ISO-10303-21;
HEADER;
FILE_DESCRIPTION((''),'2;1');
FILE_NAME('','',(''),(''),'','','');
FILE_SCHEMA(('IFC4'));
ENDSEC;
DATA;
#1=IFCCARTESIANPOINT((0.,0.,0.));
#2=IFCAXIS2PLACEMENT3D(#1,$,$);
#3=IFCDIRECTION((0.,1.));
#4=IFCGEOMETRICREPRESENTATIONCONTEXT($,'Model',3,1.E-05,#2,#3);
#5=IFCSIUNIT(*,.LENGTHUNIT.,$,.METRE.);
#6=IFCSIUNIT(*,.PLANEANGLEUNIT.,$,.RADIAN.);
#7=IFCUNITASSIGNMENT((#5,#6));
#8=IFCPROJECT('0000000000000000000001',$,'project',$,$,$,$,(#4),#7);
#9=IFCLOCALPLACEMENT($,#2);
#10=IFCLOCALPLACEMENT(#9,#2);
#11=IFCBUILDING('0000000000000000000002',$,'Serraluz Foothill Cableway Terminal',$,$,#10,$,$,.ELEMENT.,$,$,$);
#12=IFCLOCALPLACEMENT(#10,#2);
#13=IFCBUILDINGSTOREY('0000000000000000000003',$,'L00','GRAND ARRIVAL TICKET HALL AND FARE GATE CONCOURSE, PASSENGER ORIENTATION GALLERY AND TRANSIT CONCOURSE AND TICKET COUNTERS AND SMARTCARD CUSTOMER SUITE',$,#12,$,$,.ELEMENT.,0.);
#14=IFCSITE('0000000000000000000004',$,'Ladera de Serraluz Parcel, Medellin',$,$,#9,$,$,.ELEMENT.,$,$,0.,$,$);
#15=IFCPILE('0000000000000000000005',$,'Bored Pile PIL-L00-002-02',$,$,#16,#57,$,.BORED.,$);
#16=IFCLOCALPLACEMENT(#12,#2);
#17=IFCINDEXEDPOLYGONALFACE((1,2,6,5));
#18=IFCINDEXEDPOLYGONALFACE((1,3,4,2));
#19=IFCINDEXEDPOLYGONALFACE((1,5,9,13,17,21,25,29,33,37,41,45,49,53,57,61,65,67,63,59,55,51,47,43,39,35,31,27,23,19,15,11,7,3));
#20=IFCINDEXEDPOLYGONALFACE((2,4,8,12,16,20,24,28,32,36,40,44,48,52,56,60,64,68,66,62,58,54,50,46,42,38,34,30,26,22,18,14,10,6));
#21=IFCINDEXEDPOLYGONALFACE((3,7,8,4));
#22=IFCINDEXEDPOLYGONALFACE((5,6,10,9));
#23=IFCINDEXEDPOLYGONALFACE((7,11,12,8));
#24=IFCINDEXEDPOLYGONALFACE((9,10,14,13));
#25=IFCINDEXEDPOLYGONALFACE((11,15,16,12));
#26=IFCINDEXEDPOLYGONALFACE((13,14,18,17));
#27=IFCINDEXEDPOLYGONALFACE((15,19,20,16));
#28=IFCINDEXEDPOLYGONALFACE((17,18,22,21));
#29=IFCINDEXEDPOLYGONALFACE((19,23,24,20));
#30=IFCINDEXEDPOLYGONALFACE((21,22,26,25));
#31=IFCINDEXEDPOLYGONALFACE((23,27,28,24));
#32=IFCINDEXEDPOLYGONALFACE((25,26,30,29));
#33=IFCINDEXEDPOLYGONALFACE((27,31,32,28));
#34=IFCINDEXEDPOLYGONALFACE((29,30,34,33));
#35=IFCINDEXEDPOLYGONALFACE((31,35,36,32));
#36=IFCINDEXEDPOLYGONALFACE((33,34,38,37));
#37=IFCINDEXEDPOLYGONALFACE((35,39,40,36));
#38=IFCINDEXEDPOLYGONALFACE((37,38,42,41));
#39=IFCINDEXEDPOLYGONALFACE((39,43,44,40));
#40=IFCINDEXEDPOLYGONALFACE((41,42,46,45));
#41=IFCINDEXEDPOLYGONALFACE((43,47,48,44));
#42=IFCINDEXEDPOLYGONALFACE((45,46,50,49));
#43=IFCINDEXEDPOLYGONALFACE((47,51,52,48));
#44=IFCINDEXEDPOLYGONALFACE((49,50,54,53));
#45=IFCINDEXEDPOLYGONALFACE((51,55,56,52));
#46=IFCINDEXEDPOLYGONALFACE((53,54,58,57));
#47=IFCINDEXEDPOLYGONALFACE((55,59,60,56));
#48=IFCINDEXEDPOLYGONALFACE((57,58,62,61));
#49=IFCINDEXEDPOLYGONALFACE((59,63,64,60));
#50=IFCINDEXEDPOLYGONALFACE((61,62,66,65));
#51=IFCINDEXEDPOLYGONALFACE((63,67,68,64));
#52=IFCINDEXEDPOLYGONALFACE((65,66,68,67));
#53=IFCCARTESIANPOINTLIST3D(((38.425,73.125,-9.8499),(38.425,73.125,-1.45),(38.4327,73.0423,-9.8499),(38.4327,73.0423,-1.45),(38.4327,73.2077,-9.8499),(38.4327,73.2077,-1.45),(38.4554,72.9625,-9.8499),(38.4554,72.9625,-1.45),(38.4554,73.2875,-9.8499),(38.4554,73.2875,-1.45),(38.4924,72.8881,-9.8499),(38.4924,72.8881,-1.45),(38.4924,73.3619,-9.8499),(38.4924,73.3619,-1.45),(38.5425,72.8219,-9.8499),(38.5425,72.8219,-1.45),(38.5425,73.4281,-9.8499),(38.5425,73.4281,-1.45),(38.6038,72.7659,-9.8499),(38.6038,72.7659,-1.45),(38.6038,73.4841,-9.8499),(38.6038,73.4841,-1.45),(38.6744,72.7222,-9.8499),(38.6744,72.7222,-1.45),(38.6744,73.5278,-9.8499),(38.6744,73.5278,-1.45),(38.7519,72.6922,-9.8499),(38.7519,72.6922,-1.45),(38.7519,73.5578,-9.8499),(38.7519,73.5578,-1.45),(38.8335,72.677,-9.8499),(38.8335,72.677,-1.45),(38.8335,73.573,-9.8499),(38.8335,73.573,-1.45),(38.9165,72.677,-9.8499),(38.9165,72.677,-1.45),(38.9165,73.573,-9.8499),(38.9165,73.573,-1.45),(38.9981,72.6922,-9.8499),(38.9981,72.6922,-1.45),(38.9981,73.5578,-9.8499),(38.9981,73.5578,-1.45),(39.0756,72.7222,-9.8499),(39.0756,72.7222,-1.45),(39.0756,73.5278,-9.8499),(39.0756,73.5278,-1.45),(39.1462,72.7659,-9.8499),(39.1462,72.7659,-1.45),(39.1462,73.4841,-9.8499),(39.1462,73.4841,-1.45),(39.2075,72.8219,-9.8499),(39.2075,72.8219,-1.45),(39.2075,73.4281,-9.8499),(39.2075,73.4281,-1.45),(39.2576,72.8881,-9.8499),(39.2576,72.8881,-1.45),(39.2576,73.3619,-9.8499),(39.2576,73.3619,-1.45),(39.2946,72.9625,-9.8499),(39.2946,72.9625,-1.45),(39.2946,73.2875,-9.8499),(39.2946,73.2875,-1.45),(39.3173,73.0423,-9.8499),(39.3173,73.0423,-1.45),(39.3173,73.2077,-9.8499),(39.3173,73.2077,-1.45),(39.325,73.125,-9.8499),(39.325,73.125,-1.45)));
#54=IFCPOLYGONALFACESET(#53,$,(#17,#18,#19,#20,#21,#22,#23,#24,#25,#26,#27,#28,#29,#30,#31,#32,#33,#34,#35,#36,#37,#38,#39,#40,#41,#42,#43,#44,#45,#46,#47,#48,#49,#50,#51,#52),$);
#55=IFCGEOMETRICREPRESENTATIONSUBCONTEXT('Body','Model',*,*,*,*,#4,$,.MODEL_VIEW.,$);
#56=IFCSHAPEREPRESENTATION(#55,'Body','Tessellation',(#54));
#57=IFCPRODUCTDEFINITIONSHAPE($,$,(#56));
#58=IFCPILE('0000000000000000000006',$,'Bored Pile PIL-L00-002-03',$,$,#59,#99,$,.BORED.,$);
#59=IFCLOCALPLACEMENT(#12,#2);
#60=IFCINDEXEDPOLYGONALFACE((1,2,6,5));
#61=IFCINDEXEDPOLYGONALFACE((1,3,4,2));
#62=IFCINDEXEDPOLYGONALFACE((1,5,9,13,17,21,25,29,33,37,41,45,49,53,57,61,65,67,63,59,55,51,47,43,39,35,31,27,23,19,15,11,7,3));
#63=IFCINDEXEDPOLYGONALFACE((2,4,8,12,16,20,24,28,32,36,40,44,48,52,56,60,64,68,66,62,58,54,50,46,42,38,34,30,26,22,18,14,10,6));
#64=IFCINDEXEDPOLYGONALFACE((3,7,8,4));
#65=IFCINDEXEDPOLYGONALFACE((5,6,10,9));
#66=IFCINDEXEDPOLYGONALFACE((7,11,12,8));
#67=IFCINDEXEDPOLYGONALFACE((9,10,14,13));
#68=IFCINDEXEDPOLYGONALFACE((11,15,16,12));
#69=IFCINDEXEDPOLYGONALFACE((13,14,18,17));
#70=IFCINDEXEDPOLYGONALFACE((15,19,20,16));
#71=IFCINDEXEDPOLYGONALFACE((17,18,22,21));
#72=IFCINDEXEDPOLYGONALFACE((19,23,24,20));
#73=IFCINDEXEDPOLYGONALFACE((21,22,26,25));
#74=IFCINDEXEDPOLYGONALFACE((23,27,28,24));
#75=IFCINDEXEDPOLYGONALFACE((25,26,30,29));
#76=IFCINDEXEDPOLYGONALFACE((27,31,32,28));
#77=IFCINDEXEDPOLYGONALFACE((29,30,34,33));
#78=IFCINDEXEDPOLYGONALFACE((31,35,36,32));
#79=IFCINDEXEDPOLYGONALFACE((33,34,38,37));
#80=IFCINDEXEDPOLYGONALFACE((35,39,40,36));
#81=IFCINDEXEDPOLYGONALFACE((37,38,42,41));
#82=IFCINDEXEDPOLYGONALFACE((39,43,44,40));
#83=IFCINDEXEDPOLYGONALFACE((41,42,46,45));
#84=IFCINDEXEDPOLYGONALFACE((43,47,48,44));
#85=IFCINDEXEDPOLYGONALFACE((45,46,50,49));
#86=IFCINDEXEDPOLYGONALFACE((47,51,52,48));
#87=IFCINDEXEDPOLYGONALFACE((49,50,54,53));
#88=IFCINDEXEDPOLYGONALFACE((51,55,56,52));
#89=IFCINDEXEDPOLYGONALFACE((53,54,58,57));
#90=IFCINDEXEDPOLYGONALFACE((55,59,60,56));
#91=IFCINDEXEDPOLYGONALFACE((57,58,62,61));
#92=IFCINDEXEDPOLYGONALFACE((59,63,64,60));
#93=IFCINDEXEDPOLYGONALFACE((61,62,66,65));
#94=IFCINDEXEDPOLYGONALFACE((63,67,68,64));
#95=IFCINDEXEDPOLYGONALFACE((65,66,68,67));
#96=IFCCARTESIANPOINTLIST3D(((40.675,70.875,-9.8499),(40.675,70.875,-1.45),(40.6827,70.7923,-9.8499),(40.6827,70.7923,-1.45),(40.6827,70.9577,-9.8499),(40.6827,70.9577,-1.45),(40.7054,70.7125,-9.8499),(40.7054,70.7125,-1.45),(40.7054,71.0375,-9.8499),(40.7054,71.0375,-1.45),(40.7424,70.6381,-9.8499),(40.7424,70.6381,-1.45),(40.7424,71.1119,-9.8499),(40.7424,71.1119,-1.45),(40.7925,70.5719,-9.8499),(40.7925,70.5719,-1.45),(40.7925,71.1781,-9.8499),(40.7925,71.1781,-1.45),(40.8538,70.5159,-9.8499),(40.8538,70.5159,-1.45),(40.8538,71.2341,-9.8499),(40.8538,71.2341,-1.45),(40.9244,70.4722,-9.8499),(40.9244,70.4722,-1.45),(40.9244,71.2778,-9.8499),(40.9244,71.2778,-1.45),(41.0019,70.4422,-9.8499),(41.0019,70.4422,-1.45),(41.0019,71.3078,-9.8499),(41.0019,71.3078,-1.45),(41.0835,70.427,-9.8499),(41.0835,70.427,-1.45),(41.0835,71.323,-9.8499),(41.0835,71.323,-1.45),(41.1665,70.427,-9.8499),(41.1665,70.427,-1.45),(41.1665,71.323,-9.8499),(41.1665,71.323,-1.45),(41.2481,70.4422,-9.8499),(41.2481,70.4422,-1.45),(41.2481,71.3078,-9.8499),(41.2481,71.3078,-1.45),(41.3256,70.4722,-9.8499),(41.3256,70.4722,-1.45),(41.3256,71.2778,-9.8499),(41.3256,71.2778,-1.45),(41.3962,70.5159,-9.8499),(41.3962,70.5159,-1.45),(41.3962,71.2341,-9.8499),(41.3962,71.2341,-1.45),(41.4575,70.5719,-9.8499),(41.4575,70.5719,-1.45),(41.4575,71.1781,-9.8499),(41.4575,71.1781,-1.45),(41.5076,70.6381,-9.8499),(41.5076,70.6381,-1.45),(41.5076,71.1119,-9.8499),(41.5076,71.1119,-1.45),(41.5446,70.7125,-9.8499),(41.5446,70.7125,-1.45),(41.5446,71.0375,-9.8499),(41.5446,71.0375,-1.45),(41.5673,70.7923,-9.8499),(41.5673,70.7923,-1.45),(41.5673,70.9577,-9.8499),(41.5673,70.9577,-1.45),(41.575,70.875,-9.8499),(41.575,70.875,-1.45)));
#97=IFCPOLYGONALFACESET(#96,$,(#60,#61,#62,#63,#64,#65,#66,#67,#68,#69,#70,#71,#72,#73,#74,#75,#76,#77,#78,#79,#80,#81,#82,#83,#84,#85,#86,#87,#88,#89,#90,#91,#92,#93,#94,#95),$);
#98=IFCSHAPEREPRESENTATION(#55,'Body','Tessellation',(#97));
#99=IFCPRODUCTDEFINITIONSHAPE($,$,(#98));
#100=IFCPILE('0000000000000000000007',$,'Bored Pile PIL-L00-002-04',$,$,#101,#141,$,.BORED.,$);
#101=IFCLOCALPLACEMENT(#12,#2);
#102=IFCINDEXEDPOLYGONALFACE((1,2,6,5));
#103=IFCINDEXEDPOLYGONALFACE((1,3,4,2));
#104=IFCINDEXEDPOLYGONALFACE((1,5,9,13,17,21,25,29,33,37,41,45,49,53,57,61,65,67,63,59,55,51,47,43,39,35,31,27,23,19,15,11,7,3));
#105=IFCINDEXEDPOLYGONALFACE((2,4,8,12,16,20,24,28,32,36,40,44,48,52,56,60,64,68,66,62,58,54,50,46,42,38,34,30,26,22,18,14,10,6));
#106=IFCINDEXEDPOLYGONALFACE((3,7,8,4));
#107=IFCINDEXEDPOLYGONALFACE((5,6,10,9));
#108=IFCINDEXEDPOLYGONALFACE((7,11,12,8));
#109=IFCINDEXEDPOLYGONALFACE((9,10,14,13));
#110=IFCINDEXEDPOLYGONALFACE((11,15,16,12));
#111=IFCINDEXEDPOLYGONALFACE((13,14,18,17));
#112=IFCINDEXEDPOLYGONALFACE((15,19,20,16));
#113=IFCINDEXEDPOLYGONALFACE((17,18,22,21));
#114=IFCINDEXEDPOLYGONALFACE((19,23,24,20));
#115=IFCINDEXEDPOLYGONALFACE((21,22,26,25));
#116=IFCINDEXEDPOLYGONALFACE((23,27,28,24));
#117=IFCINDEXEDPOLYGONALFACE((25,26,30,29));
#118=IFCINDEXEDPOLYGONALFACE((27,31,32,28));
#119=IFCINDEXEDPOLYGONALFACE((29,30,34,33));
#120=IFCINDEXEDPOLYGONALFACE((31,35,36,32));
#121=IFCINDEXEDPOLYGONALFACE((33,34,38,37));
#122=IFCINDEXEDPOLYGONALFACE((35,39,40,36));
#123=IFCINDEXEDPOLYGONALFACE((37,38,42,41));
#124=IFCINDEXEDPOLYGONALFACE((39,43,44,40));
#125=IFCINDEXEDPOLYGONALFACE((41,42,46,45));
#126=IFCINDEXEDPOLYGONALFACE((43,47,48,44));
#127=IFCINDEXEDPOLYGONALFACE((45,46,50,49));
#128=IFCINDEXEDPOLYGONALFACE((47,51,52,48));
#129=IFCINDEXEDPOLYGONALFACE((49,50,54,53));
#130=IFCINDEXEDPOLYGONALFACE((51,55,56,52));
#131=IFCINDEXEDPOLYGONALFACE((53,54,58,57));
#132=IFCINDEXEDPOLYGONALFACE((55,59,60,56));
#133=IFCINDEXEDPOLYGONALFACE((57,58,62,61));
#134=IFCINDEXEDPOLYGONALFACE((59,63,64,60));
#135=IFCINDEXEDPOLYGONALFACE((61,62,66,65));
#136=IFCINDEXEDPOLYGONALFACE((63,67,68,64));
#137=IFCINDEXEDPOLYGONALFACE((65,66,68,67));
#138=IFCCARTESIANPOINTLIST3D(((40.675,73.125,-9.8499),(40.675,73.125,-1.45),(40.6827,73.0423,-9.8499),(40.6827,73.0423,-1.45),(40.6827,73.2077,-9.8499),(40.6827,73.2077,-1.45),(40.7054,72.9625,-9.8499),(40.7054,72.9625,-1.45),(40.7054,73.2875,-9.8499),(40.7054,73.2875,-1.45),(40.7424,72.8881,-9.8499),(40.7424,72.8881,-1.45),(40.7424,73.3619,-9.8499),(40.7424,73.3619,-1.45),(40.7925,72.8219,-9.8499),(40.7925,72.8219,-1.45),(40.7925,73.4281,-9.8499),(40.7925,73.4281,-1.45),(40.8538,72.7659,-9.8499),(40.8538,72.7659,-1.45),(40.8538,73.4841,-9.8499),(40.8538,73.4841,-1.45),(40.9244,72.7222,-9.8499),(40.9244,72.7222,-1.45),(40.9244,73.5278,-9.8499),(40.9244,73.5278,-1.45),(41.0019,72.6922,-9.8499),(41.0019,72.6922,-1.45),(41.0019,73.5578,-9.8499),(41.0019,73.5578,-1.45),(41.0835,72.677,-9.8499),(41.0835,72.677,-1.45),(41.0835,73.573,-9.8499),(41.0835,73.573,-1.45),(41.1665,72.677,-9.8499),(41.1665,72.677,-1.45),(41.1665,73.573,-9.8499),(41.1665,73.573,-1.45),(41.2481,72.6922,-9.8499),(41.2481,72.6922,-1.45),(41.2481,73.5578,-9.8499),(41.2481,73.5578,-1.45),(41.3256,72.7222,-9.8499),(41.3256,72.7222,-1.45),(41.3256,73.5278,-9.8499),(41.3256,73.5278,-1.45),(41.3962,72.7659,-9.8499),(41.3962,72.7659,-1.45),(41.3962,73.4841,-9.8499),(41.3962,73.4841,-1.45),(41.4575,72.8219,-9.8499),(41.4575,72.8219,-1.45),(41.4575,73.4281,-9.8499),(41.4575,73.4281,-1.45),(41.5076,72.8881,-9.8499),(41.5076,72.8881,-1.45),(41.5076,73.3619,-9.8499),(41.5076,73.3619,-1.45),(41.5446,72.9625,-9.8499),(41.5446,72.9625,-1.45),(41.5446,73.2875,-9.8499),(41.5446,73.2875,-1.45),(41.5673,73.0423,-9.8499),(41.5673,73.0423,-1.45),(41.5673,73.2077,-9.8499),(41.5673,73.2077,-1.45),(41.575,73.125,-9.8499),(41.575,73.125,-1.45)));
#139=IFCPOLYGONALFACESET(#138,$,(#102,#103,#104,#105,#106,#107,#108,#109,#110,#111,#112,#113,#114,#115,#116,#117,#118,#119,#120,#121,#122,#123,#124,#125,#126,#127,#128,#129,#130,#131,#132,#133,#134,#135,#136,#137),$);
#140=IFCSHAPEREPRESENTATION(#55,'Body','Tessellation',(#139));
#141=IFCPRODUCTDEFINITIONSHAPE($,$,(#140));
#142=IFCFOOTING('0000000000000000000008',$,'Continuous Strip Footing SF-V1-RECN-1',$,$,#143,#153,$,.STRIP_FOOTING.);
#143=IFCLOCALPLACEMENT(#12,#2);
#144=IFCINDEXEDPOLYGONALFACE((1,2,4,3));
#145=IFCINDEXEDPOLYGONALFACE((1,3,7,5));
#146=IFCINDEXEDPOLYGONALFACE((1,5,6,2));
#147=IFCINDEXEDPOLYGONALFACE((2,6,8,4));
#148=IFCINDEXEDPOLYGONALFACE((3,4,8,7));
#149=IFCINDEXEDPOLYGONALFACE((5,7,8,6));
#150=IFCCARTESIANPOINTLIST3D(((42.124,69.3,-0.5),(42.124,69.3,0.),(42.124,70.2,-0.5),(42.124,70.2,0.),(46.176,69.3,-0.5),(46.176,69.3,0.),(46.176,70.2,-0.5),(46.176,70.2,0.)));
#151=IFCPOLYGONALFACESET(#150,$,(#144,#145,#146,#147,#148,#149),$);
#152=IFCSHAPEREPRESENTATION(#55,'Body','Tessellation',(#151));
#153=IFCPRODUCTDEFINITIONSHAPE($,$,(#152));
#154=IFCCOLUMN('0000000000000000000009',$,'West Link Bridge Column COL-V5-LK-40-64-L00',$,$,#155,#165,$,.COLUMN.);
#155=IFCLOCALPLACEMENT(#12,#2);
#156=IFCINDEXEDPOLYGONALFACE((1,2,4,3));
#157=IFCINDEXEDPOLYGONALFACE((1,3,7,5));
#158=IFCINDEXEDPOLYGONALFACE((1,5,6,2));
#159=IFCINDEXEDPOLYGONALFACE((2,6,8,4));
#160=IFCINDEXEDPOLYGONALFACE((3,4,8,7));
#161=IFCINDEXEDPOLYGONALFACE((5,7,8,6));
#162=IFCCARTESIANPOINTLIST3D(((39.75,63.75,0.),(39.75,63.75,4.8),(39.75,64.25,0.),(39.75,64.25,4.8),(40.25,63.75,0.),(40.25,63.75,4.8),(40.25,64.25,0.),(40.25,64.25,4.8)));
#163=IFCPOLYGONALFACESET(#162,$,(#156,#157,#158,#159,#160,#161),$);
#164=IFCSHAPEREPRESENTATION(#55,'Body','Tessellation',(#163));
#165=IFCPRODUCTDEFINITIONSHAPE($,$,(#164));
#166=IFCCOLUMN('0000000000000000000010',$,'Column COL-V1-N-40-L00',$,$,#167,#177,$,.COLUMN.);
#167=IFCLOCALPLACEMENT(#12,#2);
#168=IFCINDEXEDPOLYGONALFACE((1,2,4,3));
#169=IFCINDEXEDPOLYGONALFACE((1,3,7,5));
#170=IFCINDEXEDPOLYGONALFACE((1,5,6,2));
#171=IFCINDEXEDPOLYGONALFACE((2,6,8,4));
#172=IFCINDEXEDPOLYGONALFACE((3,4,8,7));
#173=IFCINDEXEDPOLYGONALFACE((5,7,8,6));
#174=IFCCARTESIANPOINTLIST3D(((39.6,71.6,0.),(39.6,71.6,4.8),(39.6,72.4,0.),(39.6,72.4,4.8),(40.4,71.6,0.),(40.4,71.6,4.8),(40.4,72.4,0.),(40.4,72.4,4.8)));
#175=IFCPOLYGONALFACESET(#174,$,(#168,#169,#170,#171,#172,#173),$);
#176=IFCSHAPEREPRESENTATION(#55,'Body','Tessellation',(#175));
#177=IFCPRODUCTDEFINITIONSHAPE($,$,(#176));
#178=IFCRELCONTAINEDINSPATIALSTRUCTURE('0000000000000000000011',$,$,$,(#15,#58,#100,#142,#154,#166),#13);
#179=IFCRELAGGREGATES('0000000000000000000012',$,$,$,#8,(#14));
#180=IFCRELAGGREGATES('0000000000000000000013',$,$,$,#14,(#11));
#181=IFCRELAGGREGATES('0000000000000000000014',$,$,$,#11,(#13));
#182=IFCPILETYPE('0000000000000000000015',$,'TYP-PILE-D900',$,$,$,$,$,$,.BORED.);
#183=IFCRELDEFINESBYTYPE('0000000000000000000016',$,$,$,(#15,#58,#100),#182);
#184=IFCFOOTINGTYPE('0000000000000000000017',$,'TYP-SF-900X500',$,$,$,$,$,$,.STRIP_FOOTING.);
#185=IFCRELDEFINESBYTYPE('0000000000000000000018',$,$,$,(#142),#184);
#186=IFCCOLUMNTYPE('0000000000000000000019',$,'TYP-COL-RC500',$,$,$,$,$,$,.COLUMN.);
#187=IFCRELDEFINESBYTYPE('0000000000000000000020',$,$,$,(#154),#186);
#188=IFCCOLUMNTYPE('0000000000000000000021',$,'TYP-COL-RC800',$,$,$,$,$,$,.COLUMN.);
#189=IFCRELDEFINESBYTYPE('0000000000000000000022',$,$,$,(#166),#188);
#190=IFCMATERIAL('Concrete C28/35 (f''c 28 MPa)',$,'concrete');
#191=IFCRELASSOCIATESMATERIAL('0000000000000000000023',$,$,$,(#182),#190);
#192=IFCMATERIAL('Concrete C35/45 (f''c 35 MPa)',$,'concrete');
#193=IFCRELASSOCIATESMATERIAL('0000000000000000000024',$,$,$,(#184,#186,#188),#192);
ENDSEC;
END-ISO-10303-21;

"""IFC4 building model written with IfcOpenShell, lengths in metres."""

from ifc_helpers import new_model, si_unit, direction, frame, origin, origin_2d, place, context, subcontext, project, spatial, rectangle, circle, extrude, material, material_profile, profile_set, type_object, element, save


model = new_model("IFC4")

# Units and contexts
model_context = context("Model", 3, precision=1e-05, world=origin(), true_north=direction((0.0, 1.0)))
body_context = subcontext(model_context, "Body", "Model", "MODEL_VIEW")
ifc_project = project(units=[si_unit("LENGTHUNIT", "METRE"), si_unit("PLANEANGLEUNIT", "RADIAN")], contexts=[model_context])

# Site, building, storey
site_placement = place(None, origin())
site = spatial("IfcSite", under=ifc_project, at=site_placement, Name="Ladera de Serraluz Parcel, Medellin", CompositionType="ELEMENT", RefElevation=0.0)
building_placement = place(site_placement, origin())
building = spatial("IfcBuilding", under=site, at=building_placement, Name="Serraluz Foothill Cableway Terminal", CompositionType="ELEMENT")
storey_placement = place(building_placement, origin())
storey = spatial("IfcBuildingStorey", under=building, at=storey_placement, Name="L00", Description="GRAND ARRIVAL TICKET HALL AND FARE GATE CONCOURSE, PASSENGER ORIENTATION GALLERY AND TRANSIT CONCOURSE AND TICKET COUNTERS AND SMARTCARD CUSTOMER SUITE", CompositionType="ELEMENT", Elevation=0.0)

# Shared definitions
ifc_material_1 = material(Name="Concrete C35/45 (f'c 35 MPa)", Category="concrete")

# Piles
ifc_material_2 = material(Name="Concrete C28/35 (f'c 28 MPa)", Category="concrete")
ifc_material_profile_1 = material_profile(ifc_material_2, circle(Radius=0.45, at=origin_2d()), Name="BORED PILE D900")
ifc_profile_set_1 = profile_set([ifc_material_profile_1], Name="Concrete C28/35 (f'c 28 MPa)")
pile_type_1 = type_object("IfcPileType", Name="TYP-PILE-D900", PredefinedType="BORED", material=ifc_profile_set_1)
for number, where, z_axis, x_axis, name in (
    (1, (38.875, 73.125, -1.45), (0.0, 0.0, -1.0), (1.0, 0.0, 0.0), "Bored Pile PIL-L00-002-02"),
    (2, (41.125, 70.875, -1.45), (0.0, 0.0, -1.0), (1.0, 0.0, 0.0), "Bored Pile PIL-L00-002-03"),
    (3, (41.125, 73.125, -1.45), (0.0, 0.0, -1.0), (1.0, 0.0, 0.0), "Bored Pile PIL-L00-002-04"),
):
    element("IfcPile", number, at=place(storey_placement, frame(where, z_axis=z_axis, x_axis=x_axis)), inside=storey, type_object=pile_type_1, Name=name, PredefinedType="BORED", context=body_context, shape_type="SweptSolid", body=[
        extrude(circle(Radius=0.45, at=origin_2d()), origin(), (0.0, 0.0, 1.0), 8.3999),
    ])

# Footing
ifc_material_profile_2 = material_profile(ifc_material_1, rectangle(XDim=0.8999, YDim=0.5, at=origin_2d()), Name="SF 900x500")
ifc_profile_set_2 = profile_set([ifc_material_profile_2], Name="Concrete C35/45 (f'c 35 MPa)")
footing_type_1 = type_object("IfcFootingType", Name="TYP-SF-900X500", PredefinedType="STRIP_FOOTING", material=ifc_profile_set_2)
footing_1_placement = place(storey_placement, frame((42.124, 69.75, -0.25), z_axis=(1.0, 0.0, 0.0), x_axis=(0.0, 1.0, 0.0)))
element("IfcFooting", 4, at=footing_1_placement, inside=storey, type_object=footing_type_1, Name="Continuous Strip Footing SF-V1-RECN-1", PredefinedType="STRIP_FOOTING", context=body_context, shape_type="SweptSolid", body=[
    extrude(rectangle(XDim=0.8999, YDim=0.5, at=origin_2d()), origin(), (0.0, 0.0, 1.0), 4.052),
])

# Columns
ifc_material_profile_3 = material_profile(ifc_material_1, rectangle(XDim=0.5, YDim=0.5, at=origin_2d()), Name="RC 500x500")
ifc_profile_set_3 = profile_set([ifc_material_profile_3], Name="Concrete C35/45 (f'c 35 MPa)")
column_type_1 = type_object("IfcColumnType", Name="TYP-COL-RC500", PredefinedType="COLUMN", material=ifc_profile_set_3)
column_1_placement = place(storey_placement, frame((40.0, 64.0, 0.0), z_axis=(0.0, 0.0, 1.0), x_axis=(1.0, 0.0, 0.0)))
element("IfcColumn", 5, at=column_1_placement, inside=storey, type_object=column_type_1, Name="West Link Bridge Column COL-V5-LK-40-64-L00", PredefinedType="COLUMN", context=body_context, shape_type="SweptSolid", body=[
    extrude(rectangle(XDim=0.5, YDim=0.5, at=origin_2d()), origin(), (0.0, 0.0, 1.0), 4.8),
])
ifc_material_profile_4 = material_profile(ifc_material_1, rectangle(XDim=0.8, YDim=0.8, at=origin_2d()), Name="RC 800x800")
ifc_profile_set_4 = profile_set([ifc_material_profile_4], Name="Concrete C35/45 (f'c 35 MPa)")
column_type_2 = type_object("IfcColumnType", Name="TYP-COL-RC800", PredefinedType="COLUMN", material=ifc_profile_set_4)
column_2_placement = place(storey_placement, frame((40.0, 72.0, 0.0), z_axis=(0.0, 0.0, 1.0), x_axis=(1.0, 0.0, 0.0)))
element("IfcColumn", 6, at=column_2_placement, inside=storey, type_object=column_type_2, Name="Column COL-V1-N-40-L00", PredefinedType="COLUMN", context=body_context, shape_type="SweptSolid", body=[
    extrude(rectangle(XDim=0.8, YDim=0.8, at=origin_2d()), origin(), (0.0, 0.0, 1.0), 4.8),
])

save(model, "model.ifc")
